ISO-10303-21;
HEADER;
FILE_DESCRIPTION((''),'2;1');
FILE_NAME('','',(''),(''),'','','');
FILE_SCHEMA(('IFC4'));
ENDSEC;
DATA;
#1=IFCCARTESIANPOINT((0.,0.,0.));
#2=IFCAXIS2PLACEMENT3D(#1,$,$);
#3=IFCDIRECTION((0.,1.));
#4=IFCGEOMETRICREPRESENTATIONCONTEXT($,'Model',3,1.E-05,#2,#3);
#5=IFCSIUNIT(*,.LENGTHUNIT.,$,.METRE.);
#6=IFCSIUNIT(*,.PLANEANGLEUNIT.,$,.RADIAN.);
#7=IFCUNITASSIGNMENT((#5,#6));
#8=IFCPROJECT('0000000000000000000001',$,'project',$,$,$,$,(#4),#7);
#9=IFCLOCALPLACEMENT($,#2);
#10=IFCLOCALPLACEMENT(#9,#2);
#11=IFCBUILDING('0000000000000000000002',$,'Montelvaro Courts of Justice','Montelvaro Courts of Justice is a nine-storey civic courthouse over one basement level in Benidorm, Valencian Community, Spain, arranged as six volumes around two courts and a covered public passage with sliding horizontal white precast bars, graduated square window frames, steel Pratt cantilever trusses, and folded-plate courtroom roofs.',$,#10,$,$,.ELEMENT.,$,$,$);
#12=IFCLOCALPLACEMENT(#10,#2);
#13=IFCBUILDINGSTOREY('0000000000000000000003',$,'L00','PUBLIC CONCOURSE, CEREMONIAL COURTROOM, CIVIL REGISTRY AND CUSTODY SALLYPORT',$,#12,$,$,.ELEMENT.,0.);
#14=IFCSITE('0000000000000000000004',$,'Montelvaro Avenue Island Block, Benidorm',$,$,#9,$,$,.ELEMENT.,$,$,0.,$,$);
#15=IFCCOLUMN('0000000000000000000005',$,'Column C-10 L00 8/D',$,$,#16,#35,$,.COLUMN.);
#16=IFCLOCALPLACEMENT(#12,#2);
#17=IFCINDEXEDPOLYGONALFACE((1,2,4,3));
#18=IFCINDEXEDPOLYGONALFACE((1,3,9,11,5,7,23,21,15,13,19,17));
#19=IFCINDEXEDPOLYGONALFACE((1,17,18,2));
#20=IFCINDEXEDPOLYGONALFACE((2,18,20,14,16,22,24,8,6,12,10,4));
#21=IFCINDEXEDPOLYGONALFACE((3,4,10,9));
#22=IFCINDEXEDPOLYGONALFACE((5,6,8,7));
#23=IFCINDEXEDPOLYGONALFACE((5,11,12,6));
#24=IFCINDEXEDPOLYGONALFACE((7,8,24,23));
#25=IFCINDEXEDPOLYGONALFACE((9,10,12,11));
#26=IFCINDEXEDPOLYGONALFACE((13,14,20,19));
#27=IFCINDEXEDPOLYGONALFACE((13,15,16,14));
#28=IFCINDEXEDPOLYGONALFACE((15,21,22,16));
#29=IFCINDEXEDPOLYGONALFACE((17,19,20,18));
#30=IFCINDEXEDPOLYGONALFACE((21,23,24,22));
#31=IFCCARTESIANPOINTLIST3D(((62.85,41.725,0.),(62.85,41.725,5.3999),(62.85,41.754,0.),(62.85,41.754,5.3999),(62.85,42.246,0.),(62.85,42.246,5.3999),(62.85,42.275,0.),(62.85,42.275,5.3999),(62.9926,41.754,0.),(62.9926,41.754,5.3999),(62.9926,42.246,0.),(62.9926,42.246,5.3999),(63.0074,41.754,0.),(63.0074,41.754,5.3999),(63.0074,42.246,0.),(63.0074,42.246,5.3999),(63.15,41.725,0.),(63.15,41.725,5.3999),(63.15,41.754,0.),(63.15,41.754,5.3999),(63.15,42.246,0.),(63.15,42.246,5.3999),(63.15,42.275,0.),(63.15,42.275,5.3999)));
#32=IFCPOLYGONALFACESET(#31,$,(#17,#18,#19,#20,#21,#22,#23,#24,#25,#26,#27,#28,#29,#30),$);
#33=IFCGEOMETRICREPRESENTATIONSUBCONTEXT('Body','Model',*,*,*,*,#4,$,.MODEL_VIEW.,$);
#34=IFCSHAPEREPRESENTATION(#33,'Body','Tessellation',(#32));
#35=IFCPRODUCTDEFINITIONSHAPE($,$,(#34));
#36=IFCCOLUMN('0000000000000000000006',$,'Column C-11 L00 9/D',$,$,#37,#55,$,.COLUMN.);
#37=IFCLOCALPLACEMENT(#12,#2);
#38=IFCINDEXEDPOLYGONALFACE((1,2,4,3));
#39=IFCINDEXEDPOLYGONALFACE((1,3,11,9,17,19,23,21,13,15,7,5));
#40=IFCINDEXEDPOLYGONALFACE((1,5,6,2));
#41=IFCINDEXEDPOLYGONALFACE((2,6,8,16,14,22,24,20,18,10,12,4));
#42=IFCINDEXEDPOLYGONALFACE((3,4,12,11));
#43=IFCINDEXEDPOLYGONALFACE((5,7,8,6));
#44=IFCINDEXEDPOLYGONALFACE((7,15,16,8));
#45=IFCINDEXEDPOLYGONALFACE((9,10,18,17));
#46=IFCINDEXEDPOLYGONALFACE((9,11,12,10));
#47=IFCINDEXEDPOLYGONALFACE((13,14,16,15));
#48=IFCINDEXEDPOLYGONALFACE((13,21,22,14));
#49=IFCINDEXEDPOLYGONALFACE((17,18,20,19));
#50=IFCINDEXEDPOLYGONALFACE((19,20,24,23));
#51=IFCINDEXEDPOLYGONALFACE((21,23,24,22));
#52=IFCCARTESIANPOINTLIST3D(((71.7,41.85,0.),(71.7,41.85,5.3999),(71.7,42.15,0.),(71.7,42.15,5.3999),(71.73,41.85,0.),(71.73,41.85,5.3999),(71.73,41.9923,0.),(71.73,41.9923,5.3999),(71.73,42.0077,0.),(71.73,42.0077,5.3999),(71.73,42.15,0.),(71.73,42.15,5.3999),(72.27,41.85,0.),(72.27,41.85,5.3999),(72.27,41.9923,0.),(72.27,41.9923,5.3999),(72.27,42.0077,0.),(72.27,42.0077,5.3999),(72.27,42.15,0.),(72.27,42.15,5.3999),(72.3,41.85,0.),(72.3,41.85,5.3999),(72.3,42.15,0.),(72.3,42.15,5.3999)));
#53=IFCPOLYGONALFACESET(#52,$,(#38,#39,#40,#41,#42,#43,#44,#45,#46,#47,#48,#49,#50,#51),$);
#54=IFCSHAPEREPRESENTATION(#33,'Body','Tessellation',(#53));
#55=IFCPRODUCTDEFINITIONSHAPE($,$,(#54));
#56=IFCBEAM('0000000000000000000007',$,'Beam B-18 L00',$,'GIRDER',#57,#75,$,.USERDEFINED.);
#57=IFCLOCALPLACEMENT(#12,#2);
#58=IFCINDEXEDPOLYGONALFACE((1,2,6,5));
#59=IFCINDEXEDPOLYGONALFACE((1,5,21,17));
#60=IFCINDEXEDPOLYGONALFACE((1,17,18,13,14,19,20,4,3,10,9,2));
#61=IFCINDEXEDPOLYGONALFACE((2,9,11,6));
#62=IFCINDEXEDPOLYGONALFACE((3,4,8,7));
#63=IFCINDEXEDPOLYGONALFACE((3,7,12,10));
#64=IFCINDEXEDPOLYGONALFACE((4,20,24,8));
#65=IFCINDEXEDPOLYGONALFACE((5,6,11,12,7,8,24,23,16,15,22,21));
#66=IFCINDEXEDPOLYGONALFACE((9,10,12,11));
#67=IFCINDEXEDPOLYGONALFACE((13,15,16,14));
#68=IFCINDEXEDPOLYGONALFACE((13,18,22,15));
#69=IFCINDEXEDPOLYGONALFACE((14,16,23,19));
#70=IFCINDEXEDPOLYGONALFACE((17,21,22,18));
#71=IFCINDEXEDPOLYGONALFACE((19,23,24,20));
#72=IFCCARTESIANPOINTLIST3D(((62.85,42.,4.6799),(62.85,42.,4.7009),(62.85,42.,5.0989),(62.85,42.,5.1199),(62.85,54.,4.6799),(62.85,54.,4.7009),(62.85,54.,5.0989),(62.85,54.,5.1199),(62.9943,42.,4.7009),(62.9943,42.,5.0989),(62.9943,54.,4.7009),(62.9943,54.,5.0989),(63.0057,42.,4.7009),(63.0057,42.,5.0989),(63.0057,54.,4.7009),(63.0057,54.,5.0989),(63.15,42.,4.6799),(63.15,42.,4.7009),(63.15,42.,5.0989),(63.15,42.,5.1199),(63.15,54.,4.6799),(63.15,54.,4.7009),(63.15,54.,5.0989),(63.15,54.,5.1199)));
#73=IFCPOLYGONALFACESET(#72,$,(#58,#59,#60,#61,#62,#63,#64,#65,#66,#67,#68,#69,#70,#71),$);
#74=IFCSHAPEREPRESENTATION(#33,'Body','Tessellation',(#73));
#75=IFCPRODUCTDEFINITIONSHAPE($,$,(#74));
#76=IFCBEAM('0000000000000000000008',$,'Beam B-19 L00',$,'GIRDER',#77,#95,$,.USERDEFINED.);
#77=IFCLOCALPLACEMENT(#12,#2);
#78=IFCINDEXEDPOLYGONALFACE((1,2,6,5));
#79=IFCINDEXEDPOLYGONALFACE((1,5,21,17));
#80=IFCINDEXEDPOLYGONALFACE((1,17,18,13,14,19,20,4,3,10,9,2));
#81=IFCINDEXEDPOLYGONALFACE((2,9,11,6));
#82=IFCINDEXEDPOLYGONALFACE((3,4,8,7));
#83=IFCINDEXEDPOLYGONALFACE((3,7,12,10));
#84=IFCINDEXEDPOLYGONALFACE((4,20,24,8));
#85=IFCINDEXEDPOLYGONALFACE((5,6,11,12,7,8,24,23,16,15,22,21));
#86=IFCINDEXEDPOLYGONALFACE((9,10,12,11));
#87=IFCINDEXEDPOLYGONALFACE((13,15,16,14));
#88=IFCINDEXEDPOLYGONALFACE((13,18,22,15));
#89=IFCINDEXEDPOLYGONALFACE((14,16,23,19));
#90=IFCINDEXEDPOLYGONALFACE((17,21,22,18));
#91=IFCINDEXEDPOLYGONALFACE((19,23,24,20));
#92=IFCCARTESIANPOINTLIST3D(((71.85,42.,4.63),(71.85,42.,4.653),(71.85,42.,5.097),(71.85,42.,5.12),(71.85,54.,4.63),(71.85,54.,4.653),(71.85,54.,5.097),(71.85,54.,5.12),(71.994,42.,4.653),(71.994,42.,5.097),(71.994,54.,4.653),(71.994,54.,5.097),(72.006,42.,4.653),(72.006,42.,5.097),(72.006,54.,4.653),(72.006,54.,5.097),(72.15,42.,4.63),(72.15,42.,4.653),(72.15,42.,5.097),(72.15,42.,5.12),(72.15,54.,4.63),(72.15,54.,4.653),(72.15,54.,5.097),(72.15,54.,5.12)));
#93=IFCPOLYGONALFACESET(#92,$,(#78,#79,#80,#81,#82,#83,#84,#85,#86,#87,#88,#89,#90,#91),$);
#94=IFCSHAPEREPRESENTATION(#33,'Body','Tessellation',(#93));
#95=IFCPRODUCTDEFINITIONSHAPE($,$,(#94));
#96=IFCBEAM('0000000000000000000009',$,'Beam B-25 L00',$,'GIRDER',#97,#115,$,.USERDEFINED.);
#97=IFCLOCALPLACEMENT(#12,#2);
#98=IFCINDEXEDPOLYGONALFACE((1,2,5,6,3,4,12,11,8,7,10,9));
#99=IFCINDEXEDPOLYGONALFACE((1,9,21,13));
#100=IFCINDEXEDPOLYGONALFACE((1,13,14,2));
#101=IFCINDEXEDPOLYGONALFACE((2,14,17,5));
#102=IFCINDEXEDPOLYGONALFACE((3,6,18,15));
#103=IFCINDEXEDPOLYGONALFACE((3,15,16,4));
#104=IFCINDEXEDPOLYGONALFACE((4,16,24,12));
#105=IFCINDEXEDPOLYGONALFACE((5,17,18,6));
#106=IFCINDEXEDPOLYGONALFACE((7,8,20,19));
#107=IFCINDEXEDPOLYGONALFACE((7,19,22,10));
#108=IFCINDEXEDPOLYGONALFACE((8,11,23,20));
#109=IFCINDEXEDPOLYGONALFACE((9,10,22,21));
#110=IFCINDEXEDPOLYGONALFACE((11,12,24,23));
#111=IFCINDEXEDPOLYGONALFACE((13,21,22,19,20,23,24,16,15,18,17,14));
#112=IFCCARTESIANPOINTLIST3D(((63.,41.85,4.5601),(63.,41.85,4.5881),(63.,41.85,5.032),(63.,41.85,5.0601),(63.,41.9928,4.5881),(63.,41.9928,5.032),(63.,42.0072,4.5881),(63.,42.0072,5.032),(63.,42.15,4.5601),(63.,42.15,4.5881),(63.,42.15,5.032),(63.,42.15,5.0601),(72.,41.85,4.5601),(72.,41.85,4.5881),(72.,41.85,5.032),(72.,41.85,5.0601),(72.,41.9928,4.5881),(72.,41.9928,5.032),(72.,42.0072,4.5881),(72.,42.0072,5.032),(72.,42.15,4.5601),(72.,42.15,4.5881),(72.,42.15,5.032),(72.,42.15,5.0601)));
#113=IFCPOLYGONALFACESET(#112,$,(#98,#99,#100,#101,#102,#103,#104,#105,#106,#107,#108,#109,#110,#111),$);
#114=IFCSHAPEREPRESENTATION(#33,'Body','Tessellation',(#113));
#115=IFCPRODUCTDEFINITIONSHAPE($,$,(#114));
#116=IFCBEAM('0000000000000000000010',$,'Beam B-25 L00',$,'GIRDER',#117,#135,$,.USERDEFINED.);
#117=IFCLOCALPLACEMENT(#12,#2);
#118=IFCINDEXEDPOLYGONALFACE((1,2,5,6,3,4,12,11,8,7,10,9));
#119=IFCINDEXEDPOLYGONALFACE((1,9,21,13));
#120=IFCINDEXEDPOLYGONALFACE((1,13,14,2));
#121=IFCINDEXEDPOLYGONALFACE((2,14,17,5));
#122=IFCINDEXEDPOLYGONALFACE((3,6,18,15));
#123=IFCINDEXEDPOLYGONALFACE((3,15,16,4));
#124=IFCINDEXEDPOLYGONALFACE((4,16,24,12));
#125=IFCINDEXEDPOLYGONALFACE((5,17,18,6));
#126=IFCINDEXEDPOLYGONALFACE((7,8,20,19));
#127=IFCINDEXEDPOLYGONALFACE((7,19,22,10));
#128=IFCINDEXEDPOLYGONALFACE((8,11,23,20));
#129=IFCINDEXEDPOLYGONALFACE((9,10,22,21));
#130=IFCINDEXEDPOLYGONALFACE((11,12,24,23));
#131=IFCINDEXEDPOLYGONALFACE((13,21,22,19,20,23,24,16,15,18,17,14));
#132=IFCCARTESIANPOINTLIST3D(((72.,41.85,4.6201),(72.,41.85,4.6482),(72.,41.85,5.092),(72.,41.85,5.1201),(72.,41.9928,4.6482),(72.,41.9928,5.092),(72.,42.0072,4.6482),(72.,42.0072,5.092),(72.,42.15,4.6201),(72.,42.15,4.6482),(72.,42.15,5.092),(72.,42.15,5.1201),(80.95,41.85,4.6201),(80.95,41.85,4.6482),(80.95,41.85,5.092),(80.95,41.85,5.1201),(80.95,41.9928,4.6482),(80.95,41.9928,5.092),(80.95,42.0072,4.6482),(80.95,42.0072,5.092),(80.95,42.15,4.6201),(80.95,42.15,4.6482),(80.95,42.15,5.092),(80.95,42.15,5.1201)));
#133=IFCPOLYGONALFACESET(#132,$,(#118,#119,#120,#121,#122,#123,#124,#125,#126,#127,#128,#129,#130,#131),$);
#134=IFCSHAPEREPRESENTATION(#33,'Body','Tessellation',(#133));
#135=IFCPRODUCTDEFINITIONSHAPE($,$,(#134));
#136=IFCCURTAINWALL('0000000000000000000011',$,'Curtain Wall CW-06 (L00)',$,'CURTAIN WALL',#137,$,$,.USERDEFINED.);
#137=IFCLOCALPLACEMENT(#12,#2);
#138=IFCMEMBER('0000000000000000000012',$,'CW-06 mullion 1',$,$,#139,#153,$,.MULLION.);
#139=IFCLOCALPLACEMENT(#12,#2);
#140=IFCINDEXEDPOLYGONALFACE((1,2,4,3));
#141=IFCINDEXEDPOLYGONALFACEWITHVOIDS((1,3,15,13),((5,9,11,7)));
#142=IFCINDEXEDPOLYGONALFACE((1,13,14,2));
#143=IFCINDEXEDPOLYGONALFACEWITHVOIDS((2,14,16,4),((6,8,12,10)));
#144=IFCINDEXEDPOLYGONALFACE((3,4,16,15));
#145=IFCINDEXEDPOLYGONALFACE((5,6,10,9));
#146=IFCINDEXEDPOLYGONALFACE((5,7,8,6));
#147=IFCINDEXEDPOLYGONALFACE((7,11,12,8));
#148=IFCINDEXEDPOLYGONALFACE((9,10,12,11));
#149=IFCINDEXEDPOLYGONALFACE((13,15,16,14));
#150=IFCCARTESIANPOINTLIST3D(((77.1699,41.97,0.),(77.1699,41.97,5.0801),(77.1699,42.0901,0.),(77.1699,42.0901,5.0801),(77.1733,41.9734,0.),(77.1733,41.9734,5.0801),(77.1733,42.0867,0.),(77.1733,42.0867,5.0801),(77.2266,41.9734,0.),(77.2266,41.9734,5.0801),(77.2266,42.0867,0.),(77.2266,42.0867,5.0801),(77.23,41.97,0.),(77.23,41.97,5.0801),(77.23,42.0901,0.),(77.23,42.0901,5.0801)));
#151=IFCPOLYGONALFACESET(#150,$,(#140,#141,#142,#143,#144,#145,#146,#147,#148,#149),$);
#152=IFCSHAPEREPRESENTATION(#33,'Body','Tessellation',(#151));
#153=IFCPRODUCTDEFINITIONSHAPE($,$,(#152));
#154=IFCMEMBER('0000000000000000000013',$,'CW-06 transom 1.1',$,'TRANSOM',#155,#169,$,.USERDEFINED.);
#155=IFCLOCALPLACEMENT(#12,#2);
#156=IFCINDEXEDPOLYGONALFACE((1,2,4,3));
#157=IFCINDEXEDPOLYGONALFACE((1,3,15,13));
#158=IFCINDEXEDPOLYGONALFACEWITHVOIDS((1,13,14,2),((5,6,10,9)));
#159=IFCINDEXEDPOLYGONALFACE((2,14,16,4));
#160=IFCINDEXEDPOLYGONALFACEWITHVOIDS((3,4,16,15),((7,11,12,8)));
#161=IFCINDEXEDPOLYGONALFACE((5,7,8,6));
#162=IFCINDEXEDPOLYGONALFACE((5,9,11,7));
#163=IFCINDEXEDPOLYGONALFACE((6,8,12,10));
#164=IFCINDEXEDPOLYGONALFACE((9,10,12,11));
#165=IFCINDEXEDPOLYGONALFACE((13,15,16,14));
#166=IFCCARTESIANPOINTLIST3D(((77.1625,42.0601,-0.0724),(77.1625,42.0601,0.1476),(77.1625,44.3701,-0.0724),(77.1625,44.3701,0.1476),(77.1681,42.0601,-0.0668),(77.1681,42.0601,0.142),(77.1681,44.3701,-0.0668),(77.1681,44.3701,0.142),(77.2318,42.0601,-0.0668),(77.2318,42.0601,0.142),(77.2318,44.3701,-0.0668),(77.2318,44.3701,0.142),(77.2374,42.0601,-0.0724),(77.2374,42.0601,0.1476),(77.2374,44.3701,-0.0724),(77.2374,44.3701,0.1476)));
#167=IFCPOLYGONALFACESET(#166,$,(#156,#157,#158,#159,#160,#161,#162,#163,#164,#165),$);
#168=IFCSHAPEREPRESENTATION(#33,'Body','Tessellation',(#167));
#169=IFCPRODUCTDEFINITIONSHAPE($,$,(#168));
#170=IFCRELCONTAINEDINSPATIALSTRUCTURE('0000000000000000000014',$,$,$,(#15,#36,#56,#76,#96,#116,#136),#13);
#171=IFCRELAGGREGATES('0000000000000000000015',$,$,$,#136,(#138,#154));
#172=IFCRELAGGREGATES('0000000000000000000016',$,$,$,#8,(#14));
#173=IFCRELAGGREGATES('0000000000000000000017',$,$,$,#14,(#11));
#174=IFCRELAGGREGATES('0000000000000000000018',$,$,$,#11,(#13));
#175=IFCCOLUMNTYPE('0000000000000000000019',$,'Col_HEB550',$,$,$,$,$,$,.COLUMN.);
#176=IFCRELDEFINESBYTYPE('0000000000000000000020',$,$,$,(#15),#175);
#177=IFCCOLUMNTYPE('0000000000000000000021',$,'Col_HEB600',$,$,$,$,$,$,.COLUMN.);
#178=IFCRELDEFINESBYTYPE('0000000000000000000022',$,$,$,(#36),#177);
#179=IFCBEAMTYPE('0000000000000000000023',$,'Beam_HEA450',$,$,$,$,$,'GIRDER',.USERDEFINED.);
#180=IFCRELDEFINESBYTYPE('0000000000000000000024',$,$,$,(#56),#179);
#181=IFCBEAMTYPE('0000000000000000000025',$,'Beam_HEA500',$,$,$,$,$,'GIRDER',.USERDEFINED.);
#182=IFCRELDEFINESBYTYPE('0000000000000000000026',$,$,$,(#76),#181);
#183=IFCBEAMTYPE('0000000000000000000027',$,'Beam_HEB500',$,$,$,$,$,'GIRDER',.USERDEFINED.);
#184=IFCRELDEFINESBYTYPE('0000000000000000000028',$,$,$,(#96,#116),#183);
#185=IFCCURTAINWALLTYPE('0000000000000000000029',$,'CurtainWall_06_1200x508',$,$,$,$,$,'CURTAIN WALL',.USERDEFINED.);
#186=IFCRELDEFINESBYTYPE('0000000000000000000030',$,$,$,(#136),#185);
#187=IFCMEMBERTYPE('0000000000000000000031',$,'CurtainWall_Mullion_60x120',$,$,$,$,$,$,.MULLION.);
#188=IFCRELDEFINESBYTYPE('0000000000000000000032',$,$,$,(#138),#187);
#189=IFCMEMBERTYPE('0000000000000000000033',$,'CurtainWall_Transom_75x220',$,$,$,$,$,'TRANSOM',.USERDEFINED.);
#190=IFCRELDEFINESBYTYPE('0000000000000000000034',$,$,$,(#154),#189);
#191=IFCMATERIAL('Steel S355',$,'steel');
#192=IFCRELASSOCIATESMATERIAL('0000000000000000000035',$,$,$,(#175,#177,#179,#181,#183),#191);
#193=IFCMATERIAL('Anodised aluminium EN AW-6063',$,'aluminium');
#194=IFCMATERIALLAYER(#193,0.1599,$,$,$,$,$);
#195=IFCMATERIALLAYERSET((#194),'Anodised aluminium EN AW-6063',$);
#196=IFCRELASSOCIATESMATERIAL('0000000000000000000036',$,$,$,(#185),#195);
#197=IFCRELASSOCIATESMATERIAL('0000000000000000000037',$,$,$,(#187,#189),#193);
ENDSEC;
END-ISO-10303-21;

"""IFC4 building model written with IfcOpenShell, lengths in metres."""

from ifc_helpers import new_model, si_unit, direction, frame, origin, origin_2d, place, context, subcontext, project, spatial, hollow_rectangle, i_section, extrude, material, layer, layer_set, material_profile, profile_set, type_object, element, aggregate, save


model = new_model("IFC4")

# Units and contexts
model_context = context("Model", 3, precision=1e-05, world=origin(), true_north=direction((0.0, 1.0)))
body_context = subcontext(model_context, "Body", "Model", "MODEL_VIEW")
ifc_project = project(units=[si_unit("LENGTHUNIT", "METRE"), si_unit("PLANEANGLEUNIT", "RADIAN")], contexts=[model_context])

# Site, building, storey
site_placement = place(None, origin())
site = spatial("IfcSite", under=ifc_project, at=site_placement, Name="Montelvaro Avenue Island Block, Benidorm", CompositionType="ELEMENT", RefElevation=0.0)
building_placement = place(site_placement, origin())
building = spatial("IfcBuilding", under=site, at=building_placement, Name="Montelvaro Courts of Justice", Description="Montelvaro Courts of Justice is a nine-storey civic courthouse over one basement level in Benidorm, Valencian Community, Spain, arranged as six volumes around two courts and a covered public passage with sliding horizontal white precast bars, graduated square window frames, steel Pratt cantilever trusses, and folded-plate courtroom roofs.", CompositionType="ELEMENT")
storey_placement = place(building_placement, origin())
storey = spatial("IfcBuildingStorey", under=building, at=storey_placement, Name="L00", Description="PUBLIC CONCOURSE, CEREMONIAL COURTROOM, CIVIL REGISTRY AND CUSTODY SALLYPORT", CompositionType="ELEMENT", Elevation=0.0)

# Columns
ifc_material_1 = material(Name="Steel S355", Category="steel")
ifc_material_profile_1 = material_profile(ifc_material_1, i_section(OverallWidth=0.3, OverallDepth=0.55, WebThickness=0.0149, FlangeThickness=0.0291, at=origin_2d()), Name="HEB 550")
ifc_profile_set_1 = profile_set([ifc_material_profile_1], Name="Steel S355")
column_type_1 = type_object("IfcColumnType", Name="Col_HEB550", PredefinedType="COLUMN", material=ifc_profile_set_1)
column_1_placement = place(storey_placement, frame((63.0, 42.0, 0.0), z_axis=(0.0, 0.0, 1.0), x_axis=(1.0, 0.0, 0.0)))
element("IfcColumn", 1, at=column_1_placement, inside=storey, type_object=column_type_1, Name="Column C-10 L00 8/D", PredefinedType="COLUMN", context=body_context, shape_type="SweptSolid", body=[
    extrude(i_section(OverallWidth=0.3, OverallDepth=0.55, WebThickness=0.0149, FlangeThickness=0.0291, at=origin_2d()), origin(), (0.0, 0.0, 1.0), 5.3999),
])
ifc_material_profile_2 = material_profile(ifc_material_1, i_section(OverallWidth=0.3, OverallDepth=0.6001, WebThickness=0.0154, FlangeThickness=0.03, at=origin_2d()), Name="HEB 600")
ifc_profile_set_2 = profile_set([ifc_material_profile_2], Name="Steel S355")
column_type_2 = type_object("IfcColumnType", Name="Col_HEB600", PredefinedType="COLUMN", material=ifc_profile_set_2)
column_2_placement = place(storey_placement, frame((72.0, 42.0, 0.0), z_axis=(0.0, 0.0, 1.0), x_axis=(0.0, 1.0, 0.0)))
element("IfcColumn", 2, at=column_2_placement, inside=storey, type_object=column_type_2, Name="Column C-11 L00 9/D", PredefinedType="COLUMN", context=body_context, shape_type="SweptSolid", body=[
    extrude(i_section(OverallWidth=0.3, OverallDepth=0.6001, WebThickness=0.0154, FlangeThickness=0.03, at=origin_2d()), origin(), (0.0, 0.0, 1.0), 5.3999),
])

# Beams
ifc_material_profile_3 = material_profile(ifc_material_1, i_section(OverallWidth=0.3, OverallDepth=0.4399, WebThickness=0.0115, FlangeThickness=0.021, at=origin_2d()), Name="HEA 450")
ifc_profile_set_3 = profile_set([ifc_material_profile_3], Name="Steel S355")
beam_type_1 = type_object("IfcBeamType", Name="Beam_HEA450", ElementType="GIRDER", PredefinedType="USERDEFINED", material=ifc_profile_set_3)
beam_1_placement = place(storey_placement, frame((63.0, 42.0, 4.8999), z_axis=(0.0, 1.0, 0.0), x_axis=(-1.0, 0.0, 0.0)))
element("IfcBeam", 3, at=beam_1_placement, inside=storey, type_object=beam_type_1, Name="Beam B-18 L00", ObjectType="GIRDER", PredefinedType="USERDEFINED", context=body_context, shape_type="SweptSolid", body=[
    extrude(i_section(OverallWidth=0.3, OverallDepth=0.4399, WebThickness=0.0115, FlangeThickness=0.021, at=origin_2d()), origin(), (0.0, 0.0, 1.0), 12.0),
])
ifc_material_profile_4 = material_profile(ifc_material_1, i_section(OverallWidth=0.3, OverallDepth=0.49, WebThickness=0.012, FlangeThickness=0.0229, at=origin_2d()), Name="HEA 500")
ifc_profile_set_4 = profile_set([ifc_material_profile_4], Name="Steel S355")
beam_type_2 = type_object("IfcBeamType", Name="Beam_HEA500", ElementType="GIRDER", PredefinedType="USERDEFINED", material=ifc_profile_set_4)
beam_2_placement = place(storey_placement, frame((72.0, 42.0, 4.875), z_axis=(0.0, 1.0, 0.0), x_axis=(-1.0, 0.0, 0.0)))
element("IfcBeam", 4, at=beam_2_placement, inside=storey, type_object=beam_type_2, Name="Beam B-19 L00", ObjectType="GIRDER", PredefinedType="USERDEFINED", context=body_context, shape_type="SweptSolid", body=[
    extrude(i_section(OverallWidth=0.3, OverallDepth=0.49, WebThickness=0.012, FlangeThickness=0.0229, at=origin_2d()), origin(), (0.0, 0.0, 1.0), 12.0),
])
ifc_material_profile_5 = material_profile(ifc_material_1, i_section(OverallWidth=0.3, OverallDepth=0.5, WebThickness=0.0144, FlangeThickness=0.0281, at=origin_2d()), Name="HEB 500")
ifc_profile_set_5 = profile_set([ifc_material_profile_5], Name="Steel S355")
beam_type_3 = type_object("IfcBeamType", Name="Beam_HEB500", ElementType="GIRDER", PredefinedType="USERDEFINED", material=ifc_profile_set_5)
beam_3_placement = place(storey_placement, frame((63.0, 42.0, 4.8101), z_axis=(1.0, 0.0, 0.0), x_axis=(0.0, 1.0, 0.0)))
element("IfcBeam", 5, at=beam_3_placement, inside=storey, type_object=beam_type_3, Name="Beam B-25 L00", ObjectType="GIRDER", PredefinedType="USERDEFINED", context=body_context, shape_type="SweptSolid", body=[
    extrude(i_section(OverallWidth=0.3, OverallDepth=0.5, WebThickness=0.0144, FlangeThickness=0.0281, at=origin_2d()), origin(), (0.0, 0.0, 1.0), 9.0),
])
beam_4_placement = place(storey_placement, frame((72.0, 42.0, 4.8701), z_axis=(1.0, 0.0, 0.0), x_axis=(0.0, 1.0, 0.0)))
element("IfcBeam", 6, at=beam_4_placement, inside=storey, type_object=beam_type_3, Name="Beam B-25 L00", ObjectType="GIRDER", PredefinedType="USERDEFINED", context=body_context, shape_type="SweptSolid", body=[
    extrude(i_section(OverallWidth=0.3, OverallDepth=0.5, WebThickness=0.0144, FlangeThickness=0.0281, at=origin_2d()), origin(), (0.0, 0.0, 1.0), 8.95),
])

# Curtain wall, members
ifc_material_2 = material(Name="Anodised aluminium EN AW-6063", Category="aluminium")
ifc_layer_1 = layer(ifc_material_2, 0.1599)
ifc_layer_set_1 = layer_set([ifc_layer_1], Name="Anodised aluminium EN AW-6063")
curtain_wall_type = type_object("IfcCurtainWallType", Name="CurtainWall_06_1200x508", ElementType="CURTAIN WALL", PredefinedType="USERDEFINED", material=ifc_layer_set_1)
curtain_wall_placement = place(storey_placement, origin())
curtain_wall = element("IfcCurtainWall", 7, at=curtain_wall_placement, inside=storey, type_object=curtain_wall_type, Name="Curtain Wall CW-06 (L00)", ObjectType="CURTAIN WALL", PredefinedType="USERDEFINED")
ifc_material_profile_6 = material_profile(ifc_material_2, hollow_rectangle(XDim=0.0601, YDim=0.1201, WallThickness=0.0034, at=origin_2d()), Name="ALU-M 60x120")
ifc_profile_set_6 = profile_set([ifc_material_profile_6], Name="Anodised aluminium EN AW-6063")
member_type_1 = type_object("IfcMemberType", Name="CurtainWall_Mullion_60x120", PredefinedType="MULLION", material=ifc_profile_set_6)
member_1_placement = place(storey_placement, frame((77.2, 42.03, 0.0), z_axis=(0.0, 0.0, 1.0), x_axis=(-1.0, 0.0, 0.0)))
member_1 = element("IfcMember", 8, at=member_1_placement, type_object=member_type_1, Name="CW-06 mullion 1", PredefinedType="MULLION", context=body_context, shape_type="SweptSolid", body=[
    extrude(hollow_rectangle(XDim=0.0601, YDim=0.1201, WallThickness=0.0034, at=origin_2d()), origin(), (0.0, 0.0, 1.0), 5.0801),
])
ifc_material_profile_7 = material_profile(ifc_material_2, hollow_rectangle(XDim=0.075, YDim=0.22, WallThickness=0.0056, at=origin_2d()), Name="ALU-T 75x220")
ifc_profile_set_7 = profile_set([ifc_material_profile_7], Name="Anodised aluminium EN AW-6063")
member_type_2 = type_object("IfcMemberType", Name="CurtainWall_Transom_75x220", ElementType="TRANSOM", PredefinedType="USERDEFINED", material=ifc_profile_set_7)
member_2_placement = place(storey_placement, frame((77.2, 42.0601, 0.0376), z_axis=(0.0, 1.0, 0.0), x_axis=(-1.0, 0.0, 0.0)))
member_2 = element("IfcMember", 9, at=member_2_placement, type_object=member_type_2, Name="CW-06 transom 1.1", ObjectType="TRANSOM", PredefinedType="USERDEFINED", context=body_context, shape_type="SweptSolid", body=[
    extrude(hollow_rectangle(XDim=0.075, YDim=0.22, WallThickness=0.0056, at=origin_2d()), origin(), (0.0, 0.0, 1.0), 2.3101),
])
aggregate(curtain_wall, [member_1, member_2])

save(model, "model.ifc")
